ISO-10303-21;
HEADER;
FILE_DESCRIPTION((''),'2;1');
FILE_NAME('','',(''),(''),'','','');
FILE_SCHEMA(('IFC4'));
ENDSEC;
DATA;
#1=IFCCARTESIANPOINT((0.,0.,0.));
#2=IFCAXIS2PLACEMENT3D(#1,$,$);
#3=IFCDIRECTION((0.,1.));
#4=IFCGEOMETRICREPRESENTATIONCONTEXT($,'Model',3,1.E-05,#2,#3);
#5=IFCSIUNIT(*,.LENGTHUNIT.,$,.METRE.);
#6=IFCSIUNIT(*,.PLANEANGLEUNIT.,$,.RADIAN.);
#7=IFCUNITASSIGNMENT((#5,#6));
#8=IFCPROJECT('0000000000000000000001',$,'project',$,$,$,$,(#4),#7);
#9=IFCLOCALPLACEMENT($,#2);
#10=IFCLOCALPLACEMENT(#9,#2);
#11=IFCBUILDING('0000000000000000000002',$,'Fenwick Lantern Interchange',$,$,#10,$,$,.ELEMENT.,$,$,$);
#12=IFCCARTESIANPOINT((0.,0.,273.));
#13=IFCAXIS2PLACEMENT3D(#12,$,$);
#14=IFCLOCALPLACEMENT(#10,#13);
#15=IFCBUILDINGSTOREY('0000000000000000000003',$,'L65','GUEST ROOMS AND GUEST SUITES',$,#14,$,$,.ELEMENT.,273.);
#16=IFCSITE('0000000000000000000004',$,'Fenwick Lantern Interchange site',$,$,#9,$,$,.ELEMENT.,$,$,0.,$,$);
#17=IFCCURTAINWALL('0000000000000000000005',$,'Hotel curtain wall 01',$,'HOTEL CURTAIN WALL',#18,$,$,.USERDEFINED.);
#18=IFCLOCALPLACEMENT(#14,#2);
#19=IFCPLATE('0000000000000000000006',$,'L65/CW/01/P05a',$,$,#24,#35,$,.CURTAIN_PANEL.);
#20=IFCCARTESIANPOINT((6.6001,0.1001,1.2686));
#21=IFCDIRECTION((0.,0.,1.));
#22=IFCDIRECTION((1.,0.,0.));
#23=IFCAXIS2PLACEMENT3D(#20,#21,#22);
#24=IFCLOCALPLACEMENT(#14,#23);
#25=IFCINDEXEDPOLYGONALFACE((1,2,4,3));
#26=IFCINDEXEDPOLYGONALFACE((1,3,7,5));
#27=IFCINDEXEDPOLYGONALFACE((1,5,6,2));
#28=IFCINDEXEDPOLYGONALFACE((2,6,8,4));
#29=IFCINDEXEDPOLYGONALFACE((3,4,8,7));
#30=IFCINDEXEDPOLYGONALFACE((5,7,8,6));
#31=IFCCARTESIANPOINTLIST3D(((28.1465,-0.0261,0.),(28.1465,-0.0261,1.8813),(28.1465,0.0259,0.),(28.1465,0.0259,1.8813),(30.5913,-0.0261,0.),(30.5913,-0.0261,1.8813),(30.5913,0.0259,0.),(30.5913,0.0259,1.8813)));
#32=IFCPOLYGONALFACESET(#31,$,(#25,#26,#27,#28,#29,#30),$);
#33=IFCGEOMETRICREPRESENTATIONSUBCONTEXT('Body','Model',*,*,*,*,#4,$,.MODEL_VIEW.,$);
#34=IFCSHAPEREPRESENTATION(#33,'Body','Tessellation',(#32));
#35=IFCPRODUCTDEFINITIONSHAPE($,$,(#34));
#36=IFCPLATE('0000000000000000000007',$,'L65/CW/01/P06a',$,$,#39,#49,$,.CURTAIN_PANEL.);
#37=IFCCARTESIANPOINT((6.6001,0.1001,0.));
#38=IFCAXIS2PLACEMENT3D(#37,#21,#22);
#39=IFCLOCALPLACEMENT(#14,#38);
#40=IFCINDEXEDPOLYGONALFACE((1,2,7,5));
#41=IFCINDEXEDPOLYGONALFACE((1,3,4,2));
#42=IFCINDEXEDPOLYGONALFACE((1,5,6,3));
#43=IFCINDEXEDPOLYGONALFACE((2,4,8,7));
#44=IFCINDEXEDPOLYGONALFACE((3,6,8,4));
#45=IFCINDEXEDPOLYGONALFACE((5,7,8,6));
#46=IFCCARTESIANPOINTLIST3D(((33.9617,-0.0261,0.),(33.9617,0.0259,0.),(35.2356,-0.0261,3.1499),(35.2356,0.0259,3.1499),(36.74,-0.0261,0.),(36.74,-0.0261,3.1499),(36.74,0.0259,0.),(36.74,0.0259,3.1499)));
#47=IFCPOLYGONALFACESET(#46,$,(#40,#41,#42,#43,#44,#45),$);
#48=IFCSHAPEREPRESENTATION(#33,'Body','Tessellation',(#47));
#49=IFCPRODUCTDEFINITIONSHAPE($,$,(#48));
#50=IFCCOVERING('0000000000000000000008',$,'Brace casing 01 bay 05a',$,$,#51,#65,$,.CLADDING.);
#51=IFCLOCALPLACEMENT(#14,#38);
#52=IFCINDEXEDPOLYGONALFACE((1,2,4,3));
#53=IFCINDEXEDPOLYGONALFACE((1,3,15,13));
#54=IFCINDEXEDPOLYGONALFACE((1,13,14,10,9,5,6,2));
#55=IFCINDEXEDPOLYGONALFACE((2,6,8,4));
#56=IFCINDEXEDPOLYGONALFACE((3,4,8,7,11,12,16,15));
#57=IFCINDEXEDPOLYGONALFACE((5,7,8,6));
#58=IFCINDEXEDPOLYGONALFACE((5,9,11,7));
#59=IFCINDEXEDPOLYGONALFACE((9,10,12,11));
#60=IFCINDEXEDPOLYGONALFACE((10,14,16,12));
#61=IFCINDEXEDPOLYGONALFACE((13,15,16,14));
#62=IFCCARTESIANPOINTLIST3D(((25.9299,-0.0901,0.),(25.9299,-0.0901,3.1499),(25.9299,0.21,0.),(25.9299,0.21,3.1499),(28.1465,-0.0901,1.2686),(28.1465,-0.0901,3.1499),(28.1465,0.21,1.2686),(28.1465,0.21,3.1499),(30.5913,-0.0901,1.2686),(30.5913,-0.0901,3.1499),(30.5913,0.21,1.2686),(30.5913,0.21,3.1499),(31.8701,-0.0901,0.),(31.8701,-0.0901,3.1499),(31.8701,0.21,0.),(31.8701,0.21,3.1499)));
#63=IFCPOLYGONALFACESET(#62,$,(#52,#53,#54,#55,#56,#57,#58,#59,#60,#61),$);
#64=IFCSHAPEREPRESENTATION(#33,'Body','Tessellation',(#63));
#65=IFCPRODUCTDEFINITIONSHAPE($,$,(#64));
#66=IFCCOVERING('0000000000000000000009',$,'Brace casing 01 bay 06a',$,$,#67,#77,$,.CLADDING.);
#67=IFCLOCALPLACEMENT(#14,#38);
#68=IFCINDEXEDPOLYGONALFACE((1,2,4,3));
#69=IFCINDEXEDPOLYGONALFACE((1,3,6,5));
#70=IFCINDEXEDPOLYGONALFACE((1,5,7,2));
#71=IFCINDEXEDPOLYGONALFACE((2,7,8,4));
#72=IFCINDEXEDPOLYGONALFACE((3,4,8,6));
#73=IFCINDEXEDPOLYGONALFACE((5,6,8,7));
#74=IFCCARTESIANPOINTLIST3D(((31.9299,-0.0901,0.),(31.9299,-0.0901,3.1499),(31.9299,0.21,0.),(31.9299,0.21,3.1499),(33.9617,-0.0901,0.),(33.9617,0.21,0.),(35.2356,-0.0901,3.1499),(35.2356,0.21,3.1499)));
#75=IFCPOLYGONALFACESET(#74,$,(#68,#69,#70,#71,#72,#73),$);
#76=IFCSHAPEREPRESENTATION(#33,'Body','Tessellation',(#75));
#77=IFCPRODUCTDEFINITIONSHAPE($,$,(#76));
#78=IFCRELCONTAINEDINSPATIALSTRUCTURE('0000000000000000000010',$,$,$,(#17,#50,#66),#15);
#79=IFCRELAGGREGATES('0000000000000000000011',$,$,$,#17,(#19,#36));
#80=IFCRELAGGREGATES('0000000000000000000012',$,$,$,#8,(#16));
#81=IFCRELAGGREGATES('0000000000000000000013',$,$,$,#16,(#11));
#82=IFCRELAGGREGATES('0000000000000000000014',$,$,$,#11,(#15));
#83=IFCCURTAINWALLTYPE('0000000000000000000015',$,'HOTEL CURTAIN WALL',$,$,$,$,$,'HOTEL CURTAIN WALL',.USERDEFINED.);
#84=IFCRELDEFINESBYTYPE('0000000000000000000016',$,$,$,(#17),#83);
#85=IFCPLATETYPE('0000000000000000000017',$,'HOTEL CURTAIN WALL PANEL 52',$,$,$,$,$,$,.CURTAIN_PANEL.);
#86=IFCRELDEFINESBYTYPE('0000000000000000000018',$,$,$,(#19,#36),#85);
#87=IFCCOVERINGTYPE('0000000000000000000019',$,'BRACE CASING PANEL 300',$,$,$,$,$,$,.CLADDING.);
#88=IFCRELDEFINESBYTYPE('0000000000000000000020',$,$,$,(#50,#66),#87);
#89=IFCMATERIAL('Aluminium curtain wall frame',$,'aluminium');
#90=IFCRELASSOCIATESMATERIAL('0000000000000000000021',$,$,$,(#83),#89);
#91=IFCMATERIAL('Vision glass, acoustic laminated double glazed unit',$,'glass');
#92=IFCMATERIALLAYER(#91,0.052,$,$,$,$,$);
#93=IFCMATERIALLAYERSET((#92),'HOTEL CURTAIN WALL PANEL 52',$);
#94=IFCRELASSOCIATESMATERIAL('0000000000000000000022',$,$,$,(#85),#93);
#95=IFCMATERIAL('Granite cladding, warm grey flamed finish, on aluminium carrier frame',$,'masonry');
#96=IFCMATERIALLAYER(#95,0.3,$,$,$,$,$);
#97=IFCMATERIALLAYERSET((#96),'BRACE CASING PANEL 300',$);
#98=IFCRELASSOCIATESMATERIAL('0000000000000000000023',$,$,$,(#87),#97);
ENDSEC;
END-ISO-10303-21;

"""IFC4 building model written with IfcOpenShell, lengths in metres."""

from ifc_helpers import new_model, si_unit, direction, frame, origin, place, context, subcontext, project, spatial, polyline, outline, extrude, material, layer, layer_set, type_object, element, aggregate, save


model = new_model("IFC4")

# Units and contexts
model_context = context("Model", 3, precision=1e-05, world=origin(), true_north=direction((0.0, 1.0)))
body_context = subcontext(model_context, "Body", "Model", "MODEL_VIEW")
ifc_project = project(units=[si_unit("LENGTHUNIT", "METRE"), si_unit("PLANEANGLEUNIT", "RADIAN")], contexts=[model_context])

# Site, building, storey
site_placement = place(None, origin())
site = spatial("IfcSite", under=ifc_project, at=site_placement, Name="Fenwick Lantern Interchange site", CompositionType="ELEMENT", RefElevation=0.0)
building_placement = place(site_placement, origin())
building = spatial("IfcBuilding", under=site, at=building_placement, Name="Fenwick Lantern Interchange", CompositionType="ELEMENT")
storey_placement = place(building_placement, frame((0.0, 0.0, 273.0)))
storey = spatial("IfcBuildingStorey", under=building, at=storey_placement, Name="L65", Description="GUEST ROOMS AND GUEST SUITES", CompositionType="ELEMENT", Elevation=273.0)

# Curtain wall
ifc_material_1 = material(Name="Aluminium curtain wall frame", Category="aluminium")
curtain_wall_type = type_object("IfcCurtainWallType", Name="HOTEL CURTAIN WALL", ElementType="HOTEL CURTAIN WALL", PredefinedType="USERDEFINED", material=ifc_material_1)
curtain_wall_1_placement = place(storey_placement, origin())
curtain_wall_1 = element("IfcCurtainWall", 1, at=curtain_wall_1_placement, inside=storey, type_object=curtain_wall_type, Name="Hotel curtain wall 01", ObjectType="HOTEL CURTAIN WALL", PredefinedType="USERDEFINED")

# Plates
ifc_material_2 = material(Name="Vision glass, acoustic laminated double glazed unit", Category="glass")
ifc_layer_1 = layer(ifc_material_2, 0.052)
ifc_layer_set_1 = layer_set([ifc_layer_1], Name="HOTEL CURTAIN WALL PANEL 52")
plate_type = type_object("IfcPlateType", Name="HOTEL CURTAIN WALL PANEL 52", PredefinedType="CURTAIN_PANEL", material=ifc_layer_set_1)
plate_1_placement = place(storey_placement, frame((6.6001, 0.1001, 1.2686), z_axis=(0.0, 0.0, 1.0), x_axis=(1.0, 0.0, 0.0)))
plate_1 = element("IfcPlate", 2, at=plate_1_placement, type_object=plate_type, Name="L65/CW/01/P05a", PredefinedType="CURTAIN_PANEL", context=body_context, shape_type="SweptSolid", body=[
    extrude(outline(polyline([(28.1465, 0.0), (30.5913, 0.0), (30.5913, 1.8813), (28.1465, 1.8813), (28.1465, 0.0)])), frame((0.0, 0.0259, 0.0), z_axis=(0.0, -1.0, 0.0), x_axis=(1.0, 0.0, 0.0)), (0.0, 0.0, 1.0), 0.052),
])
plate_2_placement = place(storey_placement, frame((6.6001, 0.1001, 0.0), z_axis=(0.0, 0.0, 1.0), x_axis=(1.0, 0.0, 0.0)))
plate_2 = element("IfcPlate", 3, at=plate_2_placement, type_object=plate_type, Name="L65/CW/01/P06a", PredefinedType="CURTAIN_PANEL", context=body_context, shape_type="SweptSolid", body=[
    extrude(outline(polyline([(33.9617, 0.0), (36.74, 0.0), (36.74, 3.1499), (35.2356, 3.1499), (33.9617, 0.0)])), frame((0.0, 0.0259, 0.0), z_axis=(0.0, -1.0, 0.0), x_axis=(1.0, 0.0, 0.0)), (0.0, 0.0, 1.0), 0.052),
])
aggregate(curtain_wall_1, [plate_1, plate_2])

# Coverings
ifc_material_3 = material(Name="Granite cladding, warm grey flamed finish, on aluminium carrier frame", Category="masonry")
ifc_layer_2 = layer(ifc_material_3, 0.3)
ifc_layer_set_2 = layer_set([ifc_layer_2], Name="BRACE CASING PANEL 300")
covering_type = type_object("IfcCoveringType", Name="BRACE CASING PANEL 300", PredefinedType="CLADDING", material=ifc_layer_set_2)
covering_1_placement = place(storey_placement, frame((6.6001, 0.1001, 0.0), z_axis=(0.0, 0.0, 1.0), x_axis=(1.0, 0.0, 0.0)))
element("IfcCovering", 4, at=covering_1_placement, inside=storey, type_object=covering_type, Name="Brace casing 01 bay 05a", PredefinedType="CLADDING", context=body_context, shape_type="SweptSolid", body=[
    extrude(outline(polyline([(25.9299, 0.0), (31.8701, 0.0), (31.8701, 3.1499), (30.5913, 3.1499), (30.5913, 1.2686), (28.1465, 1.2686), (28.1465, 3.1499), (25.9299, 3.1499), (25.9299, 0.0)])), frame((0.0, 0.21, 0.0), z_axis=(0.0, -1.0, 0.0), x_axis=(1.0, 0.0, 0.0)), (0.0, 0.0, 1.0), 0.3),
])
covering_2_placement = place(storey_placement, frame((6.6001, 0.1001, 0.0), z_axis=(0.0, 0.0, 1.0), x_axis=(1.0, 0.0, 0.0)))
element("IfcCovering", 5, at=covering_2_placement, inside=storey, type_object=covering_type, Name="Brace casing 01 bay 06a", PredefinedType="CLADDING", context=body_context, shape_type="SweptSolid", body=[
    extrude(outline(polyline([(31.9299, 0.0), (33.9617, 0.0), (35.2356, 3.1499), (31.9299, 3.1499), (31.9299, 0.0)])), frame((0.0, 0.21, 0.0), z_axis=(0.0, -1.0, 0.0), x_axis=(1.0, 0.0, 0.0)), (0.0, 0.0, 1.0), 0.3),
])

save(model, "model.ifc")
